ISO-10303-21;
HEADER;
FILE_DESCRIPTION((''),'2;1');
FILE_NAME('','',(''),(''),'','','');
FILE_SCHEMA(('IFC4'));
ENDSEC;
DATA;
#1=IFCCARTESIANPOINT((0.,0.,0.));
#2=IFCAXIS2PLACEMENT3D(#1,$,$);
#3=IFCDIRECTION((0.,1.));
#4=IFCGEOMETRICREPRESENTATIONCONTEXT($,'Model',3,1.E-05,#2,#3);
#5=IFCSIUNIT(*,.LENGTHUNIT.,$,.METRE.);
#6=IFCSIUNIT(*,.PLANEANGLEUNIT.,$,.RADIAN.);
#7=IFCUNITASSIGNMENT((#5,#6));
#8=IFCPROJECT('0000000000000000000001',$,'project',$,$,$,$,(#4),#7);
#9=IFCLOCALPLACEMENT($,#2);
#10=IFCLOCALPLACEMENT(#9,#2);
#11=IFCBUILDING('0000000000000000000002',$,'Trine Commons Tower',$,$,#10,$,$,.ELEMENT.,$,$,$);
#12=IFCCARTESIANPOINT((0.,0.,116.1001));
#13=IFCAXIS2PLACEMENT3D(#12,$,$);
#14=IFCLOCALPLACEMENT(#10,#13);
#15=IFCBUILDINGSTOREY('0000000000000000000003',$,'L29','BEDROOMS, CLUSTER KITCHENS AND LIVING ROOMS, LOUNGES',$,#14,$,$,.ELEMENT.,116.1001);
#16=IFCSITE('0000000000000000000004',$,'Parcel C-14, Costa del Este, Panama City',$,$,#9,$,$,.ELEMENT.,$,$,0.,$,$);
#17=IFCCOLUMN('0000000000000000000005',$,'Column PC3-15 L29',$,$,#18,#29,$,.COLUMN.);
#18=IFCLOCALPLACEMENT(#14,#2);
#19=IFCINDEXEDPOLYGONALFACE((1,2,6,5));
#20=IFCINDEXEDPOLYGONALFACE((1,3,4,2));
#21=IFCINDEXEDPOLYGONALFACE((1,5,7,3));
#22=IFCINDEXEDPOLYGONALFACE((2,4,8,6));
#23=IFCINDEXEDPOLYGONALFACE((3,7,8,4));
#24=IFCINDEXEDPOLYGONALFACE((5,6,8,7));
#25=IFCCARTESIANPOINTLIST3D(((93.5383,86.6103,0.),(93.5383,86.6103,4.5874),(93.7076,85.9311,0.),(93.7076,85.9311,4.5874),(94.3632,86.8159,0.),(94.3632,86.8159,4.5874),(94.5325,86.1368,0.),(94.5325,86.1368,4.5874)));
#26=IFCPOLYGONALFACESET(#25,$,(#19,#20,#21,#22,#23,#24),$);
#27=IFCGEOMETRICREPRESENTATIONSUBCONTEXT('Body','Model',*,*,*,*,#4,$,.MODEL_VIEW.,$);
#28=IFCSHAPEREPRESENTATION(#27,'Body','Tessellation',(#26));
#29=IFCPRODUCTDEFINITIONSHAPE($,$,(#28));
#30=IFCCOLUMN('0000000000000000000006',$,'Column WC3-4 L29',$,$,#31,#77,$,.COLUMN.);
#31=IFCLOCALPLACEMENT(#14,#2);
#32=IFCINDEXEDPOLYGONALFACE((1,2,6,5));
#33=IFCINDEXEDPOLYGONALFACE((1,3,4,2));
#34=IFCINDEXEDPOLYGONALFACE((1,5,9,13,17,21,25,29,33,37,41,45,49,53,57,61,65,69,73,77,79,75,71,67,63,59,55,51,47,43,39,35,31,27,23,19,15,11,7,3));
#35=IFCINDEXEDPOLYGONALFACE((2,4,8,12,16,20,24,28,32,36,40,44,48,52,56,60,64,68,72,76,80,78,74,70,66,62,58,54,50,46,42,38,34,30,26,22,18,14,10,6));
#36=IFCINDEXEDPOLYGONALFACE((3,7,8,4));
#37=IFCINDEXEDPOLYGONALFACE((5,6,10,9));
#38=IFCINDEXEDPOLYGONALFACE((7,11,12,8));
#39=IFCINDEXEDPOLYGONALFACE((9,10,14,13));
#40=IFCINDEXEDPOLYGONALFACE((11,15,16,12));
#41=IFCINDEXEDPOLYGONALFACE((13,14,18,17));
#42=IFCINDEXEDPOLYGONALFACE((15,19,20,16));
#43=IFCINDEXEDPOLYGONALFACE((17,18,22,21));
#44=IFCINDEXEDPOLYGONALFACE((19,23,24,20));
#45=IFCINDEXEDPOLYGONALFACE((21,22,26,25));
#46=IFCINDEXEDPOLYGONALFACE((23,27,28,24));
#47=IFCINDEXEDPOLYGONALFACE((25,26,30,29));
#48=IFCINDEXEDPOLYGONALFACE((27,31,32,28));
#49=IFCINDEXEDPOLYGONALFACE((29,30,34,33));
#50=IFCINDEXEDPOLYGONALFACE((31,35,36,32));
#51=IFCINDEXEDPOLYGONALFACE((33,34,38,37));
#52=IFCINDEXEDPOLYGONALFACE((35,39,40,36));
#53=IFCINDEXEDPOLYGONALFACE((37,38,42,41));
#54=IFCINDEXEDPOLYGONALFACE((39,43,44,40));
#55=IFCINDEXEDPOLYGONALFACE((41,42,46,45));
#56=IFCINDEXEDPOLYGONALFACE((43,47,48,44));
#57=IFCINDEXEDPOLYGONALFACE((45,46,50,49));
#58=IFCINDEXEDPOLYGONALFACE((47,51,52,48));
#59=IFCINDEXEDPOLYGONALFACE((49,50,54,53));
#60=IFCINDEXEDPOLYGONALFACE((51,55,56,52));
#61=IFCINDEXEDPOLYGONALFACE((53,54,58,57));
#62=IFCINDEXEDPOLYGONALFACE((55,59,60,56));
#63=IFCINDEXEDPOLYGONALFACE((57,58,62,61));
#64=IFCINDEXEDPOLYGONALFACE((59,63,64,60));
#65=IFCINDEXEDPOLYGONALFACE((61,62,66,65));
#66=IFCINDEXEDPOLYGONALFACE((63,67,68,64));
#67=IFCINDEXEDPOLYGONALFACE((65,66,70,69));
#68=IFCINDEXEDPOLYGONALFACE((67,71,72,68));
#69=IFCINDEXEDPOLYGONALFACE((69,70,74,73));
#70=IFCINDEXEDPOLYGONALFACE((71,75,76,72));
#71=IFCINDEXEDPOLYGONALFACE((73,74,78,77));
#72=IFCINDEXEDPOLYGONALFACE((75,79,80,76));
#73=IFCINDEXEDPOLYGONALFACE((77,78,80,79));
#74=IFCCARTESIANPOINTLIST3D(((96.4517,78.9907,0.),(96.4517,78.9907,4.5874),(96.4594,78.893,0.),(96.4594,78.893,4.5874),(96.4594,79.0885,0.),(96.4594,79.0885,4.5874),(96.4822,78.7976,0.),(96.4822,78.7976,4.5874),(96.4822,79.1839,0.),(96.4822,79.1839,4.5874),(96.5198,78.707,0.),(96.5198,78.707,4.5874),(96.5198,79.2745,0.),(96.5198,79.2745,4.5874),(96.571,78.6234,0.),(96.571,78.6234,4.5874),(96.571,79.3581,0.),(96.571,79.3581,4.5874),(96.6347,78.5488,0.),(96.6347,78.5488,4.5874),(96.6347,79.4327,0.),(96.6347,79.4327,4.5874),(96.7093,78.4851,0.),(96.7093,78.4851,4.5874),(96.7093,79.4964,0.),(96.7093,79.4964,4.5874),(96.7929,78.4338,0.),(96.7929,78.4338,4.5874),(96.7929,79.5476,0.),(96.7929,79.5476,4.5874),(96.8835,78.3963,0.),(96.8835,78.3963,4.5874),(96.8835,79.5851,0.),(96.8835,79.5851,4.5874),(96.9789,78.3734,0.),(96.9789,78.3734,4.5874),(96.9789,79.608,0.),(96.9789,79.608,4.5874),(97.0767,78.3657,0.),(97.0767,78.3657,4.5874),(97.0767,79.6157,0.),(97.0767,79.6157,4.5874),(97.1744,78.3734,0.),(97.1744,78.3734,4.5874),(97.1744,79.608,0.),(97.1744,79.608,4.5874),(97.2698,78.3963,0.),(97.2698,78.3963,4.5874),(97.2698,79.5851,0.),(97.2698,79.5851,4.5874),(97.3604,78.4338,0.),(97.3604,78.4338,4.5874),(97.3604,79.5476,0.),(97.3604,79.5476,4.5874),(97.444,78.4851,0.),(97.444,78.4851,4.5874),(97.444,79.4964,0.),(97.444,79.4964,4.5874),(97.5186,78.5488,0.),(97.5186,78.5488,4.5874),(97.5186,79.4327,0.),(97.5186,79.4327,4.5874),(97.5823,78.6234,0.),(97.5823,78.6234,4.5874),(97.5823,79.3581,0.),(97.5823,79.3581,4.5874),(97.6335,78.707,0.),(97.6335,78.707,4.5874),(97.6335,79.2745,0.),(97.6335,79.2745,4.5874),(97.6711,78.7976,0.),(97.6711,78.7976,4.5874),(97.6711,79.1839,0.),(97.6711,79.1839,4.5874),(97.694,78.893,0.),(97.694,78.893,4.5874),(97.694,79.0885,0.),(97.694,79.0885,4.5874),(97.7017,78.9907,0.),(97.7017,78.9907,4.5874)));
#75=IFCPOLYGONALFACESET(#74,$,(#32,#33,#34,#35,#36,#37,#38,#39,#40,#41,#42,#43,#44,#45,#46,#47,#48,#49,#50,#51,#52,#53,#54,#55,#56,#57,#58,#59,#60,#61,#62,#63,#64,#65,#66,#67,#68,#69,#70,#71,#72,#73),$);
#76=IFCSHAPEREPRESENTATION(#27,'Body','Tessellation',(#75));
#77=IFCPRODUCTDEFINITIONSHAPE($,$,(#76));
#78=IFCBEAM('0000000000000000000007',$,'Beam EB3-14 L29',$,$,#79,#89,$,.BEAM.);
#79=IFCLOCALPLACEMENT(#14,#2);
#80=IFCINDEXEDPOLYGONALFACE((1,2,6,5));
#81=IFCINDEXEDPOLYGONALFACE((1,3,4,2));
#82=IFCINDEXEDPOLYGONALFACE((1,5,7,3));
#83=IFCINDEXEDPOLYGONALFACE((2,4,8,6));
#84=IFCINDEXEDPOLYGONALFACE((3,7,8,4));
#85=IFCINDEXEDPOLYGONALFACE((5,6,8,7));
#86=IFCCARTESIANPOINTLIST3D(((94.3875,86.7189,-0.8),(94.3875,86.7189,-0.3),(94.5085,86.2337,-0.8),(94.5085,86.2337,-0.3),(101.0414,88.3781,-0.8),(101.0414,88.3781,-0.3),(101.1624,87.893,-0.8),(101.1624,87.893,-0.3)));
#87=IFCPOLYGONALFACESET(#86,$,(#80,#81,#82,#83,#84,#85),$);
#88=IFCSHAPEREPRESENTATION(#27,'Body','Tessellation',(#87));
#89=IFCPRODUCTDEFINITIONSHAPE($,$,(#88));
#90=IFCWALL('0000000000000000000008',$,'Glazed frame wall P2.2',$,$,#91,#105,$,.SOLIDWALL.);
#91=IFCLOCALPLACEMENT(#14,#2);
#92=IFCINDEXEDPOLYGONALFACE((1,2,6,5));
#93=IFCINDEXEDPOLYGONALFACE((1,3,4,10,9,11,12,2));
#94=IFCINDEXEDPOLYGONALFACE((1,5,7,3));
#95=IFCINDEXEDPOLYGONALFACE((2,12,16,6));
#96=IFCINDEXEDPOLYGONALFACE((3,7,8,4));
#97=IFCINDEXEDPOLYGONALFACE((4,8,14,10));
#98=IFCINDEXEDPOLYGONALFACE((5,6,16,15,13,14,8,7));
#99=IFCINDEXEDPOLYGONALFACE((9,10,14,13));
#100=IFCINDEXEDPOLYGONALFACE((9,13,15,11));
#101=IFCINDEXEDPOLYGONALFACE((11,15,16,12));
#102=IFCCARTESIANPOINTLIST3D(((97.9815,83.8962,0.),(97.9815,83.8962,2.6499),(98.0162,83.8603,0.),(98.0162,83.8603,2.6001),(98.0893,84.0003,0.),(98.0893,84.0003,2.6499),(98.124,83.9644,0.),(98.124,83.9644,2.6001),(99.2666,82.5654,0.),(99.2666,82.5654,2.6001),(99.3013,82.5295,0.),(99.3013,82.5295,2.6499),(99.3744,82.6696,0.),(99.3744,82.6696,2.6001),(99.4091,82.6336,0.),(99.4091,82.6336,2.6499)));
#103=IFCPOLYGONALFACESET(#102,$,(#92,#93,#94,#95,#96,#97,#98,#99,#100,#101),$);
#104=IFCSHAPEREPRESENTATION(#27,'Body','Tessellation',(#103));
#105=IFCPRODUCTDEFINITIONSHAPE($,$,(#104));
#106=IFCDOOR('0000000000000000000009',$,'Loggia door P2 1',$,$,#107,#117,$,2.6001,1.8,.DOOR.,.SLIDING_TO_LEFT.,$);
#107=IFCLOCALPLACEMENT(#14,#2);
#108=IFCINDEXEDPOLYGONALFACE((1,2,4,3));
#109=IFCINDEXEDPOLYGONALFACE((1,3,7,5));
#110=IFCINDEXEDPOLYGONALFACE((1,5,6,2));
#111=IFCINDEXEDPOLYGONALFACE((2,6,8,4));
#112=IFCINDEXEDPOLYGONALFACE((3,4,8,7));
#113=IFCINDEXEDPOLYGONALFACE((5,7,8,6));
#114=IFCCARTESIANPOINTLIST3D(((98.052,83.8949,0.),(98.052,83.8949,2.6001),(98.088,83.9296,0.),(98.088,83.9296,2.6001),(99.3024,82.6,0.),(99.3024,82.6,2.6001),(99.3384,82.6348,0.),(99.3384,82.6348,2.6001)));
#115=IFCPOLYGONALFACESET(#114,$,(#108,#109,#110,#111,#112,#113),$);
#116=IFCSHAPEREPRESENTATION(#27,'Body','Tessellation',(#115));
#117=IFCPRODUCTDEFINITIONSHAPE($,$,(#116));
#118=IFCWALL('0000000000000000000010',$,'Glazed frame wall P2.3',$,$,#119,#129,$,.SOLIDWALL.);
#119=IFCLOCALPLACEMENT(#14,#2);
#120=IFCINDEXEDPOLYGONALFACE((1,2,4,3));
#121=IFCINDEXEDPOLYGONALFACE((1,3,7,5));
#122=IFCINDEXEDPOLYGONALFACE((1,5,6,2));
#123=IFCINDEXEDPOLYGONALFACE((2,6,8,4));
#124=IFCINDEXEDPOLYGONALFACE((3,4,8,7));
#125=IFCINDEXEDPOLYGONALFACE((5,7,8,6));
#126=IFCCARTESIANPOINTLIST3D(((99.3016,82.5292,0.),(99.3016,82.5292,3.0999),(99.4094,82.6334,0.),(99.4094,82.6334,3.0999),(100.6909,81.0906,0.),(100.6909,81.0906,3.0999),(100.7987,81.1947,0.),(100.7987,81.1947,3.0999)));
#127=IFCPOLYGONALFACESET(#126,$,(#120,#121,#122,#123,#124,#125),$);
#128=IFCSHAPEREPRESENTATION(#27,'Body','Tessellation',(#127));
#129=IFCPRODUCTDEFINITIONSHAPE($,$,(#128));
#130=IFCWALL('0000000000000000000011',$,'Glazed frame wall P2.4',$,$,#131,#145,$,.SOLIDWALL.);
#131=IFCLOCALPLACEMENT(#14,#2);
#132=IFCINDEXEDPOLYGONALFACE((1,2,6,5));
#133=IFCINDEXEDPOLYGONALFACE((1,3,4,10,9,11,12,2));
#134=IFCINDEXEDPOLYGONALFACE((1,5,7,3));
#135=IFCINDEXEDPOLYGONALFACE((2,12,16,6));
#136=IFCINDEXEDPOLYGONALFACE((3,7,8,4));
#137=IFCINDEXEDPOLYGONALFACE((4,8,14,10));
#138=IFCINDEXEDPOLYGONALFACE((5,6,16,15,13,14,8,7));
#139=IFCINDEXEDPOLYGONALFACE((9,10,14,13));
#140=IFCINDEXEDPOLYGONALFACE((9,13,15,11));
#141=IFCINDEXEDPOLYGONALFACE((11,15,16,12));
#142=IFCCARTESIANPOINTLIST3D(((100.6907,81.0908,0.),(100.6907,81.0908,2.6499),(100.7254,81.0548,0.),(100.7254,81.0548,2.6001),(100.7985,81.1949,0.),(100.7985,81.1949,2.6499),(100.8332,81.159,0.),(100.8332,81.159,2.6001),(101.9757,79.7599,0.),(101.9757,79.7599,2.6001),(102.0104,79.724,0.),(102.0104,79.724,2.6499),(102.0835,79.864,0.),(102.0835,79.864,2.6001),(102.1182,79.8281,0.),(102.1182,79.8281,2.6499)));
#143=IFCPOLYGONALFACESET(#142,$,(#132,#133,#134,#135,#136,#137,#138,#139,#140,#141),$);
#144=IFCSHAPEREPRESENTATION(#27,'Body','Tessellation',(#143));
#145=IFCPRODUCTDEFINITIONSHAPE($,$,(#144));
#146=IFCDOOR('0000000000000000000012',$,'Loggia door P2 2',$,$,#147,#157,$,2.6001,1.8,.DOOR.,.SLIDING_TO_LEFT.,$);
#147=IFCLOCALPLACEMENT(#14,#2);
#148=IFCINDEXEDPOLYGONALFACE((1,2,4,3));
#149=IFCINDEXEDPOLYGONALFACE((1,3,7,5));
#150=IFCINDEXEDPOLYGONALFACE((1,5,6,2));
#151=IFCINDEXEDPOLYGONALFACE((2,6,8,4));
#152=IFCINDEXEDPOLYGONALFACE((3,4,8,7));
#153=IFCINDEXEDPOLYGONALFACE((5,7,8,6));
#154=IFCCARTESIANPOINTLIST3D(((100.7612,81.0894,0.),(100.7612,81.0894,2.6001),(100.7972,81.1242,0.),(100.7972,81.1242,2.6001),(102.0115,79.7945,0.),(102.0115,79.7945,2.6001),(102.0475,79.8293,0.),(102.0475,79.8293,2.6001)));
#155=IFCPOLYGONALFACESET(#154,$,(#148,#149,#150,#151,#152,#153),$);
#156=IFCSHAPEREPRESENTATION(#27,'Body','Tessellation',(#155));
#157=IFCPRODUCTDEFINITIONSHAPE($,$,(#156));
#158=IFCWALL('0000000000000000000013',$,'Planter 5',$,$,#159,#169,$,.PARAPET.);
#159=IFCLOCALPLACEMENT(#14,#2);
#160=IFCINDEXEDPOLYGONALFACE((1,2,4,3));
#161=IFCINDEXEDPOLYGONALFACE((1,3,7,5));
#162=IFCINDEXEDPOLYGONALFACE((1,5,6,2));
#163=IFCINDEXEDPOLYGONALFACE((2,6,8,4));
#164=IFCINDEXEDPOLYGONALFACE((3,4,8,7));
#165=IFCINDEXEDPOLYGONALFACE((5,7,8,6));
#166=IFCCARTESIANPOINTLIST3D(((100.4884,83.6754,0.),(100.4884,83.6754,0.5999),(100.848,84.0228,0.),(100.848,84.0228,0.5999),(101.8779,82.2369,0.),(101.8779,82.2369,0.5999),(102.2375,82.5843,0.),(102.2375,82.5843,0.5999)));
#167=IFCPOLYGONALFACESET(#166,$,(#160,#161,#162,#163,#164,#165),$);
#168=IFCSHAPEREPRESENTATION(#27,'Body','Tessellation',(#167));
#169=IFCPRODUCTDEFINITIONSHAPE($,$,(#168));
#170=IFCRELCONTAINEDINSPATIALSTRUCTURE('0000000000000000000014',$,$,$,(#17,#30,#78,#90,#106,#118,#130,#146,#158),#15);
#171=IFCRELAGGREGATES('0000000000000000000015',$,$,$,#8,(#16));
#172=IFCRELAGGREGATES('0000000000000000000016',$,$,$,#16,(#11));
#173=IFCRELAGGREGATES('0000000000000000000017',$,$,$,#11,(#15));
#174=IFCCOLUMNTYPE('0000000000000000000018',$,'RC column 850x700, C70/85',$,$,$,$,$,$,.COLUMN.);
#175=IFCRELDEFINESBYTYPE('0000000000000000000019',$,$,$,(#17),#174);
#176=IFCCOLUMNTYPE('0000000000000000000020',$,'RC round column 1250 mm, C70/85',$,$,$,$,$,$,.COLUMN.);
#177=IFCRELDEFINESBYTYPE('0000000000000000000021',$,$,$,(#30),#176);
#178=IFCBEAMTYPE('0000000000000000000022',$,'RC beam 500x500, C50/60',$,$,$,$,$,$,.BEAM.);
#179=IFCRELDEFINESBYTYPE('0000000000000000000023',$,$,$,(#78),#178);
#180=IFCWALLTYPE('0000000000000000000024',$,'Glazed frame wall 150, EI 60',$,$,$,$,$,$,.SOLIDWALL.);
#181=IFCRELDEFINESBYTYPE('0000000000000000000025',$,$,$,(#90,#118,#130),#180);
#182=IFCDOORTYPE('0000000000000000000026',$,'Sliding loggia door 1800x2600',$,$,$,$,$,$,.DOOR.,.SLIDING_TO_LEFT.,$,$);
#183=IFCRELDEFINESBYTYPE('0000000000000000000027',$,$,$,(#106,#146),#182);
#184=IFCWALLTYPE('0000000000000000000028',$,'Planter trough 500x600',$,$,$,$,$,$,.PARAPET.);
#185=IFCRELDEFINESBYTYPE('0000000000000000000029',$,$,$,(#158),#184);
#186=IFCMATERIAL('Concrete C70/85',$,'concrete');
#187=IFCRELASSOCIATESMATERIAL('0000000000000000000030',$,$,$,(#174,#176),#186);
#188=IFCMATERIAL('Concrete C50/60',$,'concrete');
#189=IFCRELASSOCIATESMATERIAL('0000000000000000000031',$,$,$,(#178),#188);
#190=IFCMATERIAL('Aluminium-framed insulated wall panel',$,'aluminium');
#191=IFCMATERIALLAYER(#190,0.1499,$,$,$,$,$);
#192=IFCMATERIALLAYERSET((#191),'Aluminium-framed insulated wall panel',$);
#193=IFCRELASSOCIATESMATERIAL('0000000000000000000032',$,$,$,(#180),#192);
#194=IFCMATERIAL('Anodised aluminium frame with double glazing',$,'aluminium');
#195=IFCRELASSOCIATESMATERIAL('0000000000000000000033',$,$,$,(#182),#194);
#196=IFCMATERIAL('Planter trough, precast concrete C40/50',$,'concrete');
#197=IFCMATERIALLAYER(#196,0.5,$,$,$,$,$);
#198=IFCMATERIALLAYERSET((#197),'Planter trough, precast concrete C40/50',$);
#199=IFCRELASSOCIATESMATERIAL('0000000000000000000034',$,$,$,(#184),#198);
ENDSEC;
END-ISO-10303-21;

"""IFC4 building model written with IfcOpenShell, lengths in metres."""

from ifc_helpers import new_model, si_unit, direction, frame, frame_2d, origin, origin_2d, place, context, subcontext, project, spatial, polyline, rectangle, circle, outline, extrude, material, layer, layer_set, material_profile, profile_set, type_object, element, fill, save


model = new_model("IFC4")

# Units and contexts
model_context = context("Model", 3, precision=1e-05, world=origin(), true_north=direction((0.0, 1.0)))
body_context = subcontext(model_context, "Body", "Model", "MODEL_VIEW")
ifc_project = project(units=[si_unit("LENGTHUNIT", "METRE"), si_unit("PLANEANGLEUNIT", "RADIAN")], contexts=[model_context])

# Site, building, storey
site_placement = place(None, origin())
site = spatial("IfcSite", under=ifc_project, at=site_placement, Name="Parcel C-14, Costa del Este, Panama City", CompositionType="ELEMENT", RefElevation=0.0)
building_placement = place(site_placement, origin())
building = spatial("IfcBuilding", under=site, at=building_placement, Name="Trine Commons Tower", CompositionType="ELEMENT")
storey_placement = place(building_placement, frame((0.0, 0.0, 116.1001)))
storey = spatial("IfcBuildingStorey", under=building, at=storey_placement, Name="L29", Description="BEDROOMS, CLUSTER KITCHENS AND LIVING ROOMS, LOUNGES", CompositionType="ELEMENT", Elevation=116.1001)

# Columns
ifc_material_1 = material(Name="Concrete C70/85", Category="concrete")
ifc_material_profile_1 = material_profile(ifc_material_1, rectangle(XDim=0.8501, YDim=0.7, at=origin_2d()), Name="RC 850x700")
ifc_profile_set_1 = profile_set([ifc_material_profile_1], Name="Concrete C70/85")
column_type_1 = type_object("IfcColumnType", Name="RC column 850x700, C70/85", PredefinedType="COLUMN", material=ifc_profile_set_1)
column_1_placement = place(storey_placement, frame((94.0354, 86.3735, 0.0), z_axis=(0.0, 0.0, 1.0), x_axis=(0.970296, 0.241922, 0.0)))
element("IfcColumn", 1, at=column_1_placement, inside=storey, type_object=column_type_1, Name="Column PC3-15 L29", PredefinedType="COLUMN", context=body_context, shape_type="SweptSolid", body=[
    extrude(rectangle(XDim=0.8501, YDim=0.7, at=origin_2d()), origin(), (0.0, 0.0, 1.0), 4.5874),
])
ifc_material_profile_2 = material_profile(ifc_material_1, circle(Radius=0.625, at=origin_2d()), Name="RC round 1250")
ifc_profile_set_2 = profile_set([ifc_material_profile_2], Name="Concrete C70/85")
column_type_2 = type_object("IfcColumnType", Name="RC round column 1250 mm, C70/85", PredefinedType="COLUMN", material=ifc_profile_set_2)
column_2_placement = place(storey_placement, frame((97.0767, 78.9907, 0.0), z_axis=(0.0, 0.0, 1.0), x_axis=(1.0, 0.0, 0.0)))
element("IfcColumn", 2, at=column_2_placement, inside=storey, type_object=column_type_2, Name="Column WC3-4 L29", PredefinedType="COLUMN", context=body_context, shape_type="SweptSolid", body=[
    extrude(circle(Radius=0.625, at=origin_2d()), origin(), (0.0, 0.0, 1.0), 4.5874),
])

# Beam
ifc_material_2 = material(Name="Concrete C50/60", Category="concrete")
ifc_material_profile_3 = material_profile(ifc_material_2, rectangle(XDim=0.5, YDim=0.5, at=origin_2d()), Name="RC 500x500")
ifc_profile_set_3 = profile_set([ifc_material_profile_3], Name="Concrete C50/60")
beam_type = type_object("IfcBeamType", Name="RC beam 500x500, C50/60", PredefinedType="BEAM", material=ifc_profile_set_3)
beam_placement = place(storey_placement, frame((94.448, 86.4763, -0.55), z_axis=(0.970289, 0.241949, 0.0), x_axis=(-0.241949, 0.970289, 0.0)))
element("IfcBeam", 3, at=beam_placement, inside=storey, type_object=beam_type, Name="Beam EB3-14 L29", PredefinedType="BEAM", context=body_context, shape_type="SweptSolid", body=[
    extrude(rectangle(XDim=0.5, YDim=0.5, at=origin_2d()), origin(), (0.0, 0.0, 1.0), 6.8577),
])

# Shared definitions
ifc_material_3 = material(Name="Aluminium-framed insulated wall panel", Category="aluminium")
ifc_layer_1 = layer(ifc_material_3, 0.1499)
ifc_layer_set_1 = layer_set([ifc_layer_1], Name="Aluminium-framed insulated wall panel")
wall_type_1 = type_object("IfcWallType", Name="Glazed frame wall 150, EI 60", PredefinedType="SOLIDWALL", material=ifc_layer_set_1)

# Wall, opening, door
wall_1_placement = place(storey_placement, frame((98.0354, 83.9482, 0.0), z_axis=(0.0, 0.0, 1.0), x_axis=(0.694666, -0.719333, 0.0)))
wall_1 = element("IfcWall", 4, at=wall_1_placement, inside=storey, type_object=wall_type_1, Name="Glazed frame wall P2.2", PredefinedType="SOLIDWALL", context=body_context, shape_type="SweptSolid", body=[
    extrude(outline(polyline([(0.0, -0.075), (1.8999, -0.075), (1.8999, 0.075), (0.0, 0.075), (0.0, -0.075)])), origin(), (0.0, 0.0, 1.0), 2.6499),
])
opening_1_placement = place(wall_1_placement, frame((0.05, 0.0, 0.0)))
opening_1 = element("IfcOpeningElement", 5, at=opening_1_placement, cuts=wall_1, PredefinedType="OPENING", context=body_context, shape_type="SweptSolid", body=[
    extrude(rectangle(XDim=1.8, YDim=2.6001, at=frame_2d((0.8999, 1.3))), frame((0.0, 0.085, 0.0), z_axis=(0.0, -1.0, 0.0), x_axis=(1.0, 0.0, 0.0)), (0.0, 0.0, 1.0), 0.1699),
])
ifc_material_4 = material(Name="Anodised aluminium frame with double glazing", Category="aluminium")
door_type_1 = type_object("IfcDoorType", Name="Sliding loggia door 1800x2600", OperationType="SLIDING_TO_LEFT", PredefinedType="DOOR", material=ifc_material_4)
door_1_placement = place(opening_1_placement, origin())
door_1 = element("IfcDoor", 6, at=door_1_placement, inside=storey, type_object=door_type_1, Name="Loggia door P2 1", OperationType="SLIDING_TO_LEFT", OverallHeight=2.6001, OverallWidth=1.8, PredefinedType="DOOR", context=body_context, shape_type="SweptSolid", body=[
    extrude(rectangle(XDim=1.8, YDim=2.6001, at=frame_2d((0.8999, 1.3))), frame((0.0, 0.0249, 0.0), z_axis=(0.0, -1.0, 0.0), x_axis=(1.0, 0.0, 0.0)), (0.0, 0.0, 1.0), 0.05),
])
fill(opening_1, door_1)

# Wall
wall_2_placement = place(storey_placement, frame((99.3555, 82.5813, 0.0), z_axis=(0.0, 0.0, 1.0), x_axis=(0.694669, -0.71933, 0.0)))
element("IfcWall", 7, at=wall_2_placement, inside=storey, type_object=wall_type_1, Name="Glazed frame wall P2.3", PredefinedType="SOLIDWALL", context=body_context, shape_type="SweptSolid", body=[
    extrude(outline(polyline([(0.0, -0.075), (2.0, -0.075), (2.0, 0.075), (0.0, 0.075), (0.0, -0.075)])), origin(), (0.0, 0.0, 1.0), 3.0999),
])

# Wall, opening, door
wall_3_placement = place(storey_placement, frame((100.7446, 81.1428, 0.0), z_axis=(0.0, 0.0, 1.0), x_axis=(0.694599, -0.719397, 0.0)))
wall_3 = element("IfcWall", 8, at=wall_3_placement, inside=storey, type_object=wall_type_1, Name="Glazed frame wall P2.4", PredefinedType="SOLIDWALL", context=body_context, shape_type="SweptSolid", body=[
    extrude(outline(polyline([(0.0, -0.075), (1.8999, -0.075), (1.8999, 0.075), (0.0, 0.075), (0.0, -0.075)])), origin(), (0.0, 0.0, 1.0), 2.6499),
])
opening_2_placement = place(wall_3_placement, frame((0.05, 0.0, 0.0)))
opening_2 = element("IfcOpeningElement", 9, at=opening_2_placement, cuts=wall_3, PredefinedType="OPENING", context=body_context, shape_type="SweptSolid", body=[
    extrude(rectangle(XDim=1.8, YDim=2.6001, at=frame_2d((0.8999, 1.3))), frame((0.0, 0.085, 0.0), z_axis=(0.0, -1.0, 0.0), x_axis=(1.0, 0.0, 0.0)), (0.0, 0.0, 1.0), 0.1699),
])
door_2_placement = place(opening_2_placement, origin())
door_2 = element("IfcDoor", 10, at=door_2_placement, inside=storey, type_object=door_type_1, Name="Loggia door P2 2", OperationType="SLIDING_TO_LEFT", OverallHeight=2.6001, OverallWidth=1.8, PredefinedType="DOOR", context=body_context, shape_type="SweptSolid", body=[
    extrude(rectangle(XDim=1.8, YDim=2.6001, at=frame_2d((0.8999, 1.3))), frame((0.0, 0.0249, 0.0), z_axis=(0.0, -1.0, 0.0), x_axis=(1.0, 0.0, 0.0)), (0.0, 0.0, 1.0), 0.05),
])
fill(opening_2, door_2)

# Wall
ifc_material_5 = material(Name="Planter trough, precast concrete C40/50", Category="concrete")
ifc_layer_2 = layer(ifc_material_5, 0.5)
ifc_layer_set_2 = layer_set([ifc_layer_2], Name="Planter trough, precast concrete C40/50")
wall_type_2 = type_object("IfcWallType", Name="Planter trough 500x600", PredefinedType="PARAPET", material=ifc_layer_set_2)
wall_4_placement = place(storey_placement, frame((100.6682, 83.8491, 0.0), z_axis=(0.0, 0.0, 1.0), x_axis=(0.694732, -0.719269, 0.0)))
element("IfcWall", 11, at=wall_4_placement, inside=storey, type_object=wall_type_2, Name="Planter 5", PredefinedType="PARAPET", context=body_context, shape_type="SweptSolid", body=[
    extrude(rectangle(XDim=2.0, YDim=0.5, at=frame_2d((1.0, 0.0))), origin(), (0.0, 0.0, 1.0), 0.5999),
])

save(model, "model.ifc")
